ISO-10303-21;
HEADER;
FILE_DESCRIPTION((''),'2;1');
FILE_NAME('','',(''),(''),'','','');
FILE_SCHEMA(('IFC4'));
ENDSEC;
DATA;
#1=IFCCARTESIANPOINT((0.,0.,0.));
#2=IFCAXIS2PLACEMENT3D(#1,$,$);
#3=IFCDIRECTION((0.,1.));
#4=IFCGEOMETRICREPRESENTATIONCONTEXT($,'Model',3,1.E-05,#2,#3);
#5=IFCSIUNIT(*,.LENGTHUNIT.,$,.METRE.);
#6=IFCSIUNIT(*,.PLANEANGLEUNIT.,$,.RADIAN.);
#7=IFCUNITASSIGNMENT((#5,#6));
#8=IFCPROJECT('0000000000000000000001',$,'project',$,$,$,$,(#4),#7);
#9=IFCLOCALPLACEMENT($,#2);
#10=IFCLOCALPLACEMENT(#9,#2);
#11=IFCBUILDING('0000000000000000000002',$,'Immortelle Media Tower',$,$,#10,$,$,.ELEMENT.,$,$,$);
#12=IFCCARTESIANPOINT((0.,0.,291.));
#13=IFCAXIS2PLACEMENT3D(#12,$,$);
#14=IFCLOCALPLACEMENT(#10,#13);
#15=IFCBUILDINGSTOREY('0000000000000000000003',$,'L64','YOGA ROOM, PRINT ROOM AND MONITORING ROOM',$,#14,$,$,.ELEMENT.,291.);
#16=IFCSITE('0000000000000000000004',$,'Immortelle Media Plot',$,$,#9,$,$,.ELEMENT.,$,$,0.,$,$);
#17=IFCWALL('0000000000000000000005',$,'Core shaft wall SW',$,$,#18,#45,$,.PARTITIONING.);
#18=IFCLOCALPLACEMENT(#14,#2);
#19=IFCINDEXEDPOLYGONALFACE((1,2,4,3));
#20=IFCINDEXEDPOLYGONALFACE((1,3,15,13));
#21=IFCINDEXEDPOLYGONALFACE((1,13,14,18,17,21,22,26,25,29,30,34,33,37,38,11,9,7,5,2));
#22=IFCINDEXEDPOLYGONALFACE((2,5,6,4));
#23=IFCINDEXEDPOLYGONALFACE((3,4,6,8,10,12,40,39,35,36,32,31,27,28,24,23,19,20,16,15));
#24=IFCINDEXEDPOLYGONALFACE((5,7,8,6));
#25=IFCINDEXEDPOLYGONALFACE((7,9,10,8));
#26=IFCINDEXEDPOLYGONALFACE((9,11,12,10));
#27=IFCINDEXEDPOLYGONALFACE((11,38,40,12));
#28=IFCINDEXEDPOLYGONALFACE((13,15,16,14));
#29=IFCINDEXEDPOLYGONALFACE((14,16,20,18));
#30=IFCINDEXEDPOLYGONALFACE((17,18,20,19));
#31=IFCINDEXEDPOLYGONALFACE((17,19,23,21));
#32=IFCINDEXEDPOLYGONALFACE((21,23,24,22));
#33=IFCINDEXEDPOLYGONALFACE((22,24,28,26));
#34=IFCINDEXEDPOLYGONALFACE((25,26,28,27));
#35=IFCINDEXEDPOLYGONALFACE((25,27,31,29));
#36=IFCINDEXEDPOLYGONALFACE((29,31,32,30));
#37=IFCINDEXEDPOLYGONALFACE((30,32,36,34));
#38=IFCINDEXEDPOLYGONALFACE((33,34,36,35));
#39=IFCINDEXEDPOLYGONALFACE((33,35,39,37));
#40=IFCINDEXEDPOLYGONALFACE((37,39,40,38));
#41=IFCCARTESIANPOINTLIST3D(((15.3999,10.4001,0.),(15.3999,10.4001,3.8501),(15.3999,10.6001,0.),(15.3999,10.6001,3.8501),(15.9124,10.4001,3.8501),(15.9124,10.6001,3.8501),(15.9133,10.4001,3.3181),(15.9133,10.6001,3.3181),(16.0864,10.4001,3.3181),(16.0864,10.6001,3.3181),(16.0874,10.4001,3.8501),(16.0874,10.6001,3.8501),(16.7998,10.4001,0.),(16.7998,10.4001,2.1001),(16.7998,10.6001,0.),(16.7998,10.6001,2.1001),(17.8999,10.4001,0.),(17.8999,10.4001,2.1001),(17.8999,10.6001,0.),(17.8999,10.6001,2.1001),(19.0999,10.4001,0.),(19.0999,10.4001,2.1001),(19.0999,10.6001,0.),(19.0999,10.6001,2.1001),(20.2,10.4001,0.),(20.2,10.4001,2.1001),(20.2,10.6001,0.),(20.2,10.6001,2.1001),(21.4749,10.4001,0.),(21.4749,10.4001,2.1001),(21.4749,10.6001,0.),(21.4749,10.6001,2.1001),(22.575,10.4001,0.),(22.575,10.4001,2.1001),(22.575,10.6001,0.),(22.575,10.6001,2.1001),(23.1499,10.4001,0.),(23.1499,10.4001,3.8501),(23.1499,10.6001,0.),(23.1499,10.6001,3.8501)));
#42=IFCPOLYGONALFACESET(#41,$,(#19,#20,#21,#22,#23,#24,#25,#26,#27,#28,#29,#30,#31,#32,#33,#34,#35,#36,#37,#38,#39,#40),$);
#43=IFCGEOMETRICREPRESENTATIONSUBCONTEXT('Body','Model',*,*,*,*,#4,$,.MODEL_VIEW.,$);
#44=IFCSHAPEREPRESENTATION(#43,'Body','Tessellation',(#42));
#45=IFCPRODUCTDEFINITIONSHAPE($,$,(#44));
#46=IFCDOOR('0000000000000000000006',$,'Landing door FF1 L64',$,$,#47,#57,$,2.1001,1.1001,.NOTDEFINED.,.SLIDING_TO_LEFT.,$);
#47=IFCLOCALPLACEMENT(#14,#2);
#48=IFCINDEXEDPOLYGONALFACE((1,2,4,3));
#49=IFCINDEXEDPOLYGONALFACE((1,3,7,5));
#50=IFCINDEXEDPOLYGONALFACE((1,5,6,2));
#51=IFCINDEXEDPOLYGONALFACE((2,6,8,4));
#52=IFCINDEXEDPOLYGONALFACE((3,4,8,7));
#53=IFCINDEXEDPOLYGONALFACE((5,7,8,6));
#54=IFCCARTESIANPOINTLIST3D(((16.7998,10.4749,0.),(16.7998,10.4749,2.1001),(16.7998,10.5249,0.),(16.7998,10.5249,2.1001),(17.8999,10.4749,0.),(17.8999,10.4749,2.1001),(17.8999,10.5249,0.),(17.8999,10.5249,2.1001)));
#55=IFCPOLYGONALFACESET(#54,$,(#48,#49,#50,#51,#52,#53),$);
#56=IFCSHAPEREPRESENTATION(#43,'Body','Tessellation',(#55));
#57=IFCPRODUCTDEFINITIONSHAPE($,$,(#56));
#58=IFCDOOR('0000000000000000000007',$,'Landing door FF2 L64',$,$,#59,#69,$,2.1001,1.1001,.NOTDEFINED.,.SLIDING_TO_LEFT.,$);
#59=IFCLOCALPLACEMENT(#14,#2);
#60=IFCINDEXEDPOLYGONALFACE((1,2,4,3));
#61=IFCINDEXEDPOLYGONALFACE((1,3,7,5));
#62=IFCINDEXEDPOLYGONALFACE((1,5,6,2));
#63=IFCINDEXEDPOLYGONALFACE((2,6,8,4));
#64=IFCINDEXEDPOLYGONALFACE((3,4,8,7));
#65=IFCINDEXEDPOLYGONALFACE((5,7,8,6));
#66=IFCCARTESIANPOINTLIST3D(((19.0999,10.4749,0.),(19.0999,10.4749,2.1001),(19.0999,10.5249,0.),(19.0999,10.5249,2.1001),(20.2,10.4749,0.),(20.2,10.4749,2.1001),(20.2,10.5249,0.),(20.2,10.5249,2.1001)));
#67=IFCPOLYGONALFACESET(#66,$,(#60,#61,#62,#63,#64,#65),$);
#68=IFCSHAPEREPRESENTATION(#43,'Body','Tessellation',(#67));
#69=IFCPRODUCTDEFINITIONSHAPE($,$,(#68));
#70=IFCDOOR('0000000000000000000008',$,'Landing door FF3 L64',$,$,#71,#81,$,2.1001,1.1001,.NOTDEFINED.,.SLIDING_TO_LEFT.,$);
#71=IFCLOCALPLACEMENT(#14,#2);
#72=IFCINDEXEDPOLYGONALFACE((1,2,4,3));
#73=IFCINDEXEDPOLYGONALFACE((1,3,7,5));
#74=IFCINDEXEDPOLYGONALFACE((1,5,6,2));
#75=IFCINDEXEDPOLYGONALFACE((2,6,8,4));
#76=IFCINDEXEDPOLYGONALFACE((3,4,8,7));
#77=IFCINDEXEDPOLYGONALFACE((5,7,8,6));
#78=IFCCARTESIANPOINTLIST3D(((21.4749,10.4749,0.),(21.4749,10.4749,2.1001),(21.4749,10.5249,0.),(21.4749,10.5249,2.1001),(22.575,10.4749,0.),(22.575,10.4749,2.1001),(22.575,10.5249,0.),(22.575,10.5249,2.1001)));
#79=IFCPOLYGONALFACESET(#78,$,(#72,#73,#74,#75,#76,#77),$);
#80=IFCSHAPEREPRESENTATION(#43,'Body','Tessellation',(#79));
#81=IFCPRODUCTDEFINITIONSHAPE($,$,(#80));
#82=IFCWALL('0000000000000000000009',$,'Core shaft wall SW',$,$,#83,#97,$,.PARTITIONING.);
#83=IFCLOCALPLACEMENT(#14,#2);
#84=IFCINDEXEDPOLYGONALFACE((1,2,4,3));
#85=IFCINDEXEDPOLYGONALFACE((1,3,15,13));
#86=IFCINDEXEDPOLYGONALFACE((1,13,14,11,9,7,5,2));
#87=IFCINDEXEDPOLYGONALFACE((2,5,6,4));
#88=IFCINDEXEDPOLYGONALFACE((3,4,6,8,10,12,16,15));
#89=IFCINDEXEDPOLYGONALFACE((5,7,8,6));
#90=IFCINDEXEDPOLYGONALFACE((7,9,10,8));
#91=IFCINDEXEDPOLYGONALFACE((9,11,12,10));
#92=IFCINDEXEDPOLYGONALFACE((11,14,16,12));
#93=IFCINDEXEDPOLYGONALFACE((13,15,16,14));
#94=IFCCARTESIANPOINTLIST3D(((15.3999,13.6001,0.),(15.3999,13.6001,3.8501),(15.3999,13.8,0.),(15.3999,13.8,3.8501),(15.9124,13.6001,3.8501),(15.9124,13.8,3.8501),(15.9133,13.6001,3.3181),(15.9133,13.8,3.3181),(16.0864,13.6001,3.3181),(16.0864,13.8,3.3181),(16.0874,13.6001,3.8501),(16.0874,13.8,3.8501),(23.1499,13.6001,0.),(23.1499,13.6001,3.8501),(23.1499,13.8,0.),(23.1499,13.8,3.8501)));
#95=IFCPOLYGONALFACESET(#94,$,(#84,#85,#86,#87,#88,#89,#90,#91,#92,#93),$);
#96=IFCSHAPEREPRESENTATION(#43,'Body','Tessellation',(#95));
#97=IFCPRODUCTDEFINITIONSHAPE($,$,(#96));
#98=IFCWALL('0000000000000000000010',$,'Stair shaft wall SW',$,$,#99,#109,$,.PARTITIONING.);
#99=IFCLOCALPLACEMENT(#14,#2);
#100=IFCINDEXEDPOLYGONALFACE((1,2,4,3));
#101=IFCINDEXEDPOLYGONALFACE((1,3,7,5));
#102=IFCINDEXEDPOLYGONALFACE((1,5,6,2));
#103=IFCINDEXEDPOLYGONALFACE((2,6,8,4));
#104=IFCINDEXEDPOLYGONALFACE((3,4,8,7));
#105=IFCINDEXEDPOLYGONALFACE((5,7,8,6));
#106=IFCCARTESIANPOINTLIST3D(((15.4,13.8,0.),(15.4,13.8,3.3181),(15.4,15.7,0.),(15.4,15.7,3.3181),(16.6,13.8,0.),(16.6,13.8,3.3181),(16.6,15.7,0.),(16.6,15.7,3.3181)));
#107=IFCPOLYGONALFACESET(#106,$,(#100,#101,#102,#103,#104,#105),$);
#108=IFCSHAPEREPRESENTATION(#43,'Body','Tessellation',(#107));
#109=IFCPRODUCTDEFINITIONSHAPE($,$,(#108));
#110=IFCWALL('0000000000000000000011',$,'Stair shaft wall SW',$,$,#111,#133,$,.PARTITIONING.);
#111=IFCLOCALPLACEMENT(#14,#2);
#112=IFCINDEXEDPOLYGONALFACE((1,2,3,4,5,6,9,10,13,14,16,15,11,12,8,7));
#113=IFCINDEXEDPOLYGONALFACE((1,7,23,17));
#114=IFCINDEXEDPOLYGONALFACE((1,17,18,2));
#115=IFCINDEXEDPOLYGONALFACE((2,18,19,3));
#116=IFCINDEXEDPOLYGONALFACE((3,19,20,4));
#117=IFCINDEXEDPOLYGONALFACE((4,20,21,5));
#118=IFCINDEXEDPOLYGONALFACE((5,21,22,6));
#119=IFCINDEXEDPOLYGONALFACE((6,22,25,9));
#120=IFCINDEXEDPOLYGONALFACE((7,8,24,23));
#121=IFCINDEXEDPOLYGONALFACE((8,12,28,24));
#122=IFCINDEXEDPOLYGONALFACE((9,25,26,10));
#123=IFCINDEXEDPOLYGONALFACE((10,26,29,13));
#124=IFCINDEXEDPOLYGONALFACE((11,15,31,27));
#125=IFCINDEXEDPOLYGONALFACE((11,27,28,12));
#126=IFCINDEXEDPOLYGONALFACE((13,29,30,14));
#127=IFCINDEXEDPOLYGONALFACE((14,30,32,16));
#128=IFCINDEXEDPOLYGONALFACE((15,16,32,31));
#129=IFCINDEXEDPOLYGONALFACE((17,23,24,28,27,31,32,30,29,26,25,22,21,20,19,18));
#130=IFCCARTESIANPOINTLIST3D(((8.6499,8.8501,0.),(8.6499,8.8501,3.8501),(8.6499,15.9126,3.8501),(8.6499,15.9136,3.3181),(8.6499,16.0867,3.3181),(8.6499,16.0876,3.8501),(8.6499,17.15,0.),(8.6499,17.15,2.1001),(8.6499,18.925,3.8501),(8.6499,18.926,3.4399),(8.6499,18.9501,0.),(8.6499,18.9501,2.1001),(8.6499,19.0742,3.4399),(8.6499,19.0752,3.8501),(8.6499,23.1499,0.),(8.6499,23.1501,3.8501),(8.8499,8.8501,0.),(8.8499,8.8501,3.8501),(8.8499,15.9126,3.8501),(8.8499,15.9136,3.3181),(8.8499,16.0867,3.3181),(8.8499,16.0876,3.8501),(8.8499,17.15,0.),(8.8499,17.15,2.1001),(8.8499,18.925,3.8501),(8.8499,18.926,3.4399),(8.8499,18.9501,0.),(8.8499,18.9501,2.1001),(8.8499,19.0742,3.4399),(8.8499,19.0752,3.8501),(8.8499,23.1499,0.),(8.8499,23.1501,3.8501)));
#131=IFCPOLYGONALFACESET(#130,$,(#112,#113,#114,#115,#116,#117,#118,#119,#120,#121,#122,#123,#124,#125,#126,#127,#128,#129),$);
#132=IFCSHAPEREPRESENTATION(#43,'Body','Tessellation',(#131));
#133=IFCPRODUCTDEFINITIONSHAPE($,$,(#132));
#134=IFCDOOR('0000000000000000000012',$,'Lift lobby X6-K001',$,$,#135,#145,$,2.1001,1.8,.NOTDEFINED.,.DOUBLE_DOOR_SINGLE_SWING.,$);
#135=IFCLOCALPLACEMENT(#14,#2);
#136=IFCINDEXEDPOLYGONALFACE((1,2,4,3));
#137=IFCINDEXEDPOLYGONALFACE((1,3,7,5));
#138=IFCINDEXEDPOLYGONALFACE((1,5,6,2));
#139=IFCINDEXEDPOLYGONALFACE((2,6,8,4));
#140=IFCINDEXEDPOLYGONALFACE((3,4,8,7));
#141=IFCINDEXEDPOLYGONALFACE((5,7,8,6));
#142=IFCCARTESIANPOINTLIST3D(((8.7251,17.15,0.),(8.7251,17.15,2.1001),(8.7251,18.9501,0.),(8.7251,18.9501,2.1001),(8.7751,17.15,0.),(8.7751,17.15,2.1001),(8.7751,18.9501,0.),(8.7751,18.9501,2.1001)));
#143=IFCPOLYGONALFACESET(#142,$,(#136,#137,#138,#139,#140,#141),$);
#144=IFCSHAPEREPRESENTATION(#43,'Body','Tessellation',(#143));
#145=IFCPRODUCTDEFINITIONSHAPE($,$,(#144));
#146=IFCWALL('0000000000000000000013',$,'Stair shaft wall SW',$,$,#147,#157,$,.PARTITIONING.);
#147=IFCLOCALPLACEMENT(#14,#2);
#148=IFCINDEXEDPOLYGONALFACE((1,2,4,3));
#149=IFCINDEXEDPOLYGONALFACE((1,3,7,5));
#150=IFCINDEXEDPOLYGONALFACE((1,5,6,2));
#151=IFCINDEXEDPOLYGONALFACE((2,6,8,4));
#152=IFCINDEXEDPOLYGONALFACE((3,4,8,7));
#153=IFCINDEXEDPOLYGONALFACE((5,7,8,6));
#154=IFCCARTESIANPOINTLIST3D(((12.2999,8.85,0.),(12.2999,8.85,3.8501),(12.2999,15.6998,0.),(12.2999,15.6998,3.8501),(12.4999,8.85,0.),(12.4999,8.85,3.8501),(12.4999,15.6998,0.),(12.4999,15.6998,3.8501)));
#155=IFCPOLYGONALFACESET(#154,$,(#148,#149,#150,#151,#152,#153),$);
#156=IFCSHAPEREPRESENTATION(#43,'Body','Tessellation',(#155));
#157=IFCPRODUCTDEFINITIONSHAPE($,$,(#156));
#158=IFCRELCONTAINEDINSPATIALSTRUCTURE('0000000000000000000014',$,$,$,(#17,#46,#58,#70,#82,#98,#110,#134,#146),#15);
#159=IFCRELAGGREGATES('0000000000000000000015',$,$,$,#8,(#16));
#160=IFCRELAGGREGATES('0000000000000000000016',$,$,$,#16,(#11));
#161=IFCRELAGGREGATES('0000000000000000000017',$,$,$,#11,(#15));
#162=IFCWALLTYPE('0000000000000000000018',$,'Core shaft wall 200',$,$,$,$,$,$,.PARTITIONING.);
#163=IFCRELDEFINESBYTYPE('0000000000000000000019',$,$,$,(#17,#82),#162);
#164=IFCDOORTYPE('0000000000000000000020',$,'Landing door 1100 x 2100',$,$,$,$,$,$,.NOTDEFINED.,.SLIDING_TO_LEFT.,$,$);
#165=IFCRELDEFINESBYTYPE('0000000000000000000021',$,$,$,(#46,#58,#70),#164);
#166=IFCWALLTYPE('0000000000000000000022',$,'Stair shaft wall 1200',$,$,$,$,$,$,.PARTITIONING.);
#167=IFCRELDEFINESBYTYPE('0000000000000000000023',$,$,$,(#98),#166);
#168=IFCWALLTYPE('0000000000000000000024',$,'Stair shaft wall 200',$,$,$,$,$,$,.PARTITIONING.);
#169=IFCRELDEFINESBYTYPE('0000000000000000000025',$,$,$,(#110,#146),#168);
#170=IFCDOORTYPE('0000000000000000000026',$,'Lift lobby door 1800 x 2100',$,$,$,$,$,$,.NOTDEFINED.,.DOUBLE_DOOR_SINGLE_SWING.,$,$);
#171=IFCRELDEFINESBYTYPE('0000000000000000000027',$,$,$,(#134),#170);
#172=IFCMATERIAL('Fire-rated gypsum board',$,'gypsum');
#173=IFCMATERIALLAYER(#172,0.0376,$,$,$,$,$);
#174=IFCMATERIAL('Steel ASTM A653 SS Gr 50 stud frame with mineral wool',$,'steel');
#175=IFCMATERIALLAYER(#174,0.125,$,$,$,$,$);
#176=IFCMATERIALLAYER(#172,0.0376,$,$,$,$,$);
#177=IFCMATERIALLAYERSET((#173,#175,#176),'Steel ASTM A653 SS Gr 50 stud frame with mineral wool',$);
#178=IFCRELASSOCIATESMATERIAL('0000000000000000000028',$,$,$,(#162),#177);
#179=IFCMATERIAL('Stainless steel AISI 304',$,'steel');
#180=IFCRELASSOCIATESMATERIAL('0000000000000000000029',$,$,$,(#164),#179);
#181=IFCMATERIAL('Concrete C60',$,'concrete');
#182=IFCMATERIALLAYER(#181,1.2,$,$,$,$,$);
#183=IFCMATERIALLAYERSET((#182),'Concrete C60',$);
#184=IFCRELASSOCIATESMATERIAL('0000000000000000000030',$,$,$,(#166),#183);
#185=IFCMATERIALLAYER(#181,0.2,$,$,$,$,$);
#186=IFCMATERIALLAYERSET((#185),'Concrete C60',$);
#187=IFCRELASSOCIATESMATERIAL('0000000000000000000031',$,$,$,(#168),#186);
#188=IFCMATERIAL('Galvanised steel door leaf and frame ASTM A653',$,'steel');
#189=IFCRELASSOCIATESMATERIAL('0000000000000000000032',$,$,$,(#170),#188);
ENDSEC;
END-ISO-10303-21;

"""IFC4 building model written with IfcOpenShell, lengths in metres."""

from ifc_helpers import new_model, si_unit, direction, frame, frame_2d, origin, place, context, subcontext, project, spatial, polyline, rectangle, outline, extrude, material, layer, layer_set, type_object, element, fill, save


model = new_model("IFC4")

# Units and contexts
model_context = context("Model", 3, precision=1e-05, world=origin(), true_north=direction((0.0, 1.0)))
body_context = subcontext(model_context, "Body", "Model", "MODEL_VIEW")
ifc_project = project(units=[si_unit("LENGTHUNIT", "METRE"), si_unit("PLANEANGLEUNIT", "RADIAN")], contexts=[model_context])

# Site, building, storey
site_placement = place(None, origin())
site = spatial("IfcSite", under=ifc_project, at=site_placement, Name="Immortelle Media Plot", CompositionType="ELEMENT", RefElevation=0.0)
building_placement = place(site_placement, origin())
building = spatial("IfcBuilding", under=site, at=building_placement, Name="Immortelle Media Tower", CompositionType="ELEMENT")
storey_placement = place(building_placement, frame((0.0, 0.0, 291.0)))
storey = spatial("IfcBuildingStorey", under=building, at=storey_placement, Name="L64", Description="YOGA ROOM, PRINT ROOM AND MONITORING ROOM", CompositionType="ELEMENT", Elevation=291.0)

# Wall, openings, doors
ifc_material_1 = material(Name="Fire-rated gypsum board", Category="gypsum")
ifc_layer_1 = layer(ifc_material_1, 0.0376)
ifc_material_2 = material(Name="Steel ASTM A653 SS Gr 50 stud frame with mineral wool", Category="steel")
ifc_layer_2 = layer(ifc_material_2, 0.125)
ifc_layer_3 = layer(ifc_material_1, 0.0376)
ifc_layer_set_1 = layer_set([ifc_layer_1, ifc_layer_2, ifc_layer_3], Name="Steel ASTM A653 SS Gr 50 stud frame with mineral wool")
wall_type_1 = type_object("IfcWallType", Name="Core shaft wall 200", PredefinedType="PARTITIONING", material=ifc_layer_set_1)
wall_1_placement = place(storey_placement, frame((15.3999, 10.5, 0.0), z_axis=(0.0, 0.0, 1.0), x_axis=(1.0, 0.0, 0.0)))
wall_1 = element("IfcWall", 1, at=wall_1_placement, inside=storey, type_object=wall_type_1, Name="Core shaft wall SW", PredefinedType="PARTITIONING", context=body_context, shape_type="SweptSolid", body=[
    extrude(outline(polyline([(0.0, 0.0), (7.75, 0.0), (7.75, 3.8501), (0.6875, 3.8501), (0.6865, 3.3181), (0.5134, 3.3181), (0.5125, 3.8501), (0.0, 3.8501), (0.0, 0.0)])), frame((0.0, 0.1001, 0.0), z_axis=(0.0, -1.0, 0.0), x_axis=(1.0, 0.0, 0.0)), (0.0, 0.0, 1.0), 0.2),
])
opening_1_placement = place(wall_1_placement, frame((1.3999, 0.0, 0.0)))
opening_1 = element("IfcOpeningElement", 2, at=opening_1_placement, cuts=wall_1, PredefinedType="OPENING", context=body_context, shape_type="SweptSolid", body=[
    extrude(rectangle(XDim=1.1001, YDim=2.1001, at=frame_2d((0.55, 1.05))), frame((0.0, 0.1099, 0.0), z_axis=(0.0, -1.0, 0.0), x_axis=(1.0, 0.0, 0.0)), (0.0, 0.0, 1.0), 0.22),
])
opening_2_placement = place(wall_1_placement, frame((3.7, 0.0, 0.0)))
opening_2 = element("IfcOpeningElement", 3, at=opening_2_placement, cuts=wall_1, PredefinedType="OPENING", context=body_context, shape_type="SweptSolid", body=[
    extrude(rectangle(XDim=1.1001, YDim=2.1001, at=frame_2d((0.55, 1.05))), frame((0.0, 0.1099, 0.0), z_axis=(0.0, -1.0, 0.0), x_axis=(1.0, 0.0, 0.0)), (0.0, 0.0, 1.0), 0.22),
])
opening_3_placement = place(wall_1_placement, frame((6.075, 0.0, 0.0)))
opening_3 = element("IfcOpeningElement", 4, at=opening_3_placement, cuts=wall_1, PredefinedType="OPENING", context=body_context, shape_type="SweptSolid", body=[
    extrude(rectangle(XDim=1.1001, YDim=2.1001, at=frame_2d((0.55, 1.05))), frame((0.0, 0.1099, 0.0), z_axis=(0.0, -1.0, 0.0), x_axis=(1.0, 0.0, 0.0)), (0.0, 0.0, 1.0), 0.22),
])
ifc_material_3 = material(Name="Stainless steel AISI 304", Category="steel")
door_type_1 = type_object("IfcDoorType", Name="Landing door 1100 x 2100", OperationType="SLIDING_TO_LEFT", PredefinedType="NOTDEFINED", material=ifc_material_3)
door_1_placement = place(opening_1_placement, origin())
door_1 = element("IfcDoor", 5, at=door_1_placement, inside=storey, type_object=door_type_1, Name="Landing door FF1 L64", OperationType="SLIDING_TO_LEFT", OverallHeight=2.1001, OverallWidth=1.1001, PredefinedType="NOTDEFINED", context=body_context, shape_type="SweptSolid", body=[
    extrude(rectangle(XDim=1.1001, YDim=2.1001, at=frame_2d((0.55, 1.05))), frame((0.0, 0.0249, 0.0), z_axis=(0.0, -1.0, 0.0), x_axis=(1.0, 0.0, 0.0)), (0.0, 0.0, 1.0), 0.05),
])
fill(opening_1, door_1)
door_2_placement = place(opening_2_placement, origin())
door_2 = element("IfcDoor", 6, at=door_2_placement, inside=storey, type_object=door_type_1, Name="Landing door FF2 L64", OperationType="SLIDING_TO_LEFT", OverallHeight=2.1001, OverallWidth=1.1001, PredefinedType="NOTDEFINED", context=body_context, shape_type="SweptSolid", body=[
    extrude(rectangle(XDim=1.1001, YDim=2.1001, at=frame_2d((0.55, 1.05))), frame((0.0, 0.0249, 0.0), z_axis=(0.0, -1.0, 0.0), x_axis=(1.0, 0.0, 0.0)), (0.0, 0.0, 1.0), 0.05),
])
fill(opening_2, door_2)
door_3_placement = place(opening_3_placement, origin())
door_3 = element("IfcDoor", 7, at=door_3_placement, inside=storey, type_object=door_type_1, Name="Landing door FF3 L64", OperationType="SLIDING_TO_LEFT", OverallHeight=2.1001, OverallWidth=1.1001, PredefinedType="NOTDEFINED", context=body_context, shape_type="SweptSolid", body=[
    extrude(rectangle(XDim=1.1001, YDim=2.1001, at=frame_2d((0.55, 1.05))), frame((0.0, 0.0249, 0.0), z_axis=(0.0, -1.0, 0.0), x_axis=(1.0, 0.0, 0.0)), (0.0, 0.0, 1.0), 0.05),
])
fill(opening_3, door_3)

# Walls
wall_2_placement = place(storey_placement, frame((15.3999, 13.7, 0.0), z_axis=(0.0, 0.0, 1.0), x_axis=(1.0, 0.0, 0.0)))
element("IfcWall", 8, at=wall_2_placement, inside=storey, type_object=wall_type_1, Name="Core shaft wall SW", PredefinedType="PARTITIONING", context=body_context, shape_type="SweptSolid", body=[
    extrude(outline(polyline([(0.0, 0.0), (7.75, 0.0), (7.75, 3.8501), (0.6875, 3.8501), (0.6865, 3.3181), (0.5134, 3.3181), (0.5125, 3.8501), (0.0, 3.8501), (0.0, 0.0)])), frame((0.0, 0.1001, 0.0), z_axis=(0.0, -1.0, 0.0), x_axis=(1.0, 0.0, 0.0)), (0.0, 0.0, 1.0), 0.2),
])
ifc_material_4 = material(Name="Concrete C60", Category="concrete")
ifc_layer_4 = layer(ifc_material_4, 1.2)
ifc_layer_set_2 = layer_set([ifc_layer_4], Name="Concrete C60")
wall_type_2 = type_object("IfcWallType", Name="Stair shaft wall 1200", PredefinedType="PARTITIONING", material=ifc_layer_set_2)
wall_3_placement = place(storey_placement, frame((16.0, 13.8, 0.0), z_axis=(0.0, 0.0, 1.0), x_axis=(0.0, 1.0, 0.0)))
element("IfcWall", 9, at=wall_3_placement, inside=storey, type_object=wall_type_2, Name="Stair shaft wall SW", PredefinedType="PARTITIONING", context=body_context, shape_type="SweptSolid", body=[
    extrude(rectangle(XDim=1.8999, YDim=1.2, at=frame_2d((0.95, 0.0))), origin(), (0.0, 0.0, 1.0), 3.3181),
])

# Wall, opening, door
ifc_layer_5 = layer(ifc_material_4, 0.2)
ifc_layer_set_3 = layer_set([ifc_layer_5], Name="Concrete C60")
wall_type_3 = type_object("IfcWallType", Name="Stair shaft wall 200", PredefinedType="PARTITIONING", material=ifc_layer_set_3)
wall_4_placement = place(storey_placement, frame((8.75, 8.8501, 0.0), z_axis=(0.0, 0.0, 1.0), x_axis=(0.0, 1.0, 0.0)))
wall_4 = element("IfcWall", 10, at=wall_4_placement, inside=storey, type_object=wall_type_3, Name="Stair shaft wall SW", PredefinedType="PARTITIONING", context=body_context, shape_type="SweptSolid", body=[
    extrude(outline(polyline([(0.0, 0.0), (14.2998, 0.0), (14.3, 3.8501), (10.2251, 3.8501), (10.2241, 3.4399), (10.0759, 3.4399), (10.075, 3.8501), (7.2375, 3.8501), (7.2366, 3.3181), (7.0635, 3.3181), (7.0625, 3.8501), (0.0, 3.8501), (0.0, 0.0)])), frame((0.0, 0.1001, 0.0), z_axis=(0.0, -1.0, 0.0), x_axis=(1.0, 0.0, 0.0)), (0.0, 0.0, 1.0), 0.2),
])
opening_4_placement = place(wall_4_placement, frame((8.3, 0.0, 0.0)))
opening_4 = element("IfcOpeningElement", 11, at=opening_4_placement, cuts=wall_4, PredefinedType="OPENING", context=body_context, shape_type="SweptSolid", body=[
    extrude(rectangle(XDim=1.8, YDim=2.1001, at=frame_2d((0.8999, 1.05))), frame((0.0, 0.1099, 0.0), z_axis=(0.0, -1.0, 0.0), x_axis=(1.0, 0.0, 0.0)), (0.0, 0.0, 1.0), 0.22),
])
ifc_material_5 = material(Name="Galvanised steel door leaf and frame ASTM A653", Category="steel")
door_type_2 = type_object("IfcDoorType", Name="Lift lobby door 1800 x 2100", OperationType="DOUBLE_DOOR_SINGLE_SWING", PredefinedType="NOTDEFINED", material=ifc_material_5)
door_4_placement = place(opening_4_placement, origin())
door_4 = element("IfcDoor", 12, at=door_4_placement, inside=storey, type_object=door_type_2, Name="Lift lobby X6-K001", OperationType="DOUBLE_DOOR_SINGLE_SWING", OverallHeight=2.1001, OverallWidth=1.8, PredefinedType="NOTDEFINED", context=body_context, shape_type="SweptSolid", body=[
    extrude(rectangle(XDim=1.8, YDim=2.1001, at=frame_2d((0.8999, 1.05))), frame((0.0, 0.0249, 0.0), z_axis=(0.0, -1.0, 0.0), x_axis=(1.0, 0.0, 0.0)), (0.0, 0.0, 1.0), 0.05),
])
fill(opening_4, door_4)

# Wall
wall_5_placement = place(storey_placement, frame((12.3999, 8.8501, 0.0), z_axis=(0.0, 0.0, 1.0), x_axis=(0.0, 1.0, 0.0)))
element("IfcWall", 13, at=wall_5_placement, inside=storey, type_object=wall_type_3, Name="Stair shaft wall SW", PredefinedType="PARTITIONING", context=body_context, shape_type="SweptSolid", body=[
    extrude(rectangle(XDim=6.8499, YDim=0.2, at=frame_2d((3.4248, 0.0))), origin(), (0.0, 0.0, 1.0), 3.8501),
])

save(model, "model.ifc")
